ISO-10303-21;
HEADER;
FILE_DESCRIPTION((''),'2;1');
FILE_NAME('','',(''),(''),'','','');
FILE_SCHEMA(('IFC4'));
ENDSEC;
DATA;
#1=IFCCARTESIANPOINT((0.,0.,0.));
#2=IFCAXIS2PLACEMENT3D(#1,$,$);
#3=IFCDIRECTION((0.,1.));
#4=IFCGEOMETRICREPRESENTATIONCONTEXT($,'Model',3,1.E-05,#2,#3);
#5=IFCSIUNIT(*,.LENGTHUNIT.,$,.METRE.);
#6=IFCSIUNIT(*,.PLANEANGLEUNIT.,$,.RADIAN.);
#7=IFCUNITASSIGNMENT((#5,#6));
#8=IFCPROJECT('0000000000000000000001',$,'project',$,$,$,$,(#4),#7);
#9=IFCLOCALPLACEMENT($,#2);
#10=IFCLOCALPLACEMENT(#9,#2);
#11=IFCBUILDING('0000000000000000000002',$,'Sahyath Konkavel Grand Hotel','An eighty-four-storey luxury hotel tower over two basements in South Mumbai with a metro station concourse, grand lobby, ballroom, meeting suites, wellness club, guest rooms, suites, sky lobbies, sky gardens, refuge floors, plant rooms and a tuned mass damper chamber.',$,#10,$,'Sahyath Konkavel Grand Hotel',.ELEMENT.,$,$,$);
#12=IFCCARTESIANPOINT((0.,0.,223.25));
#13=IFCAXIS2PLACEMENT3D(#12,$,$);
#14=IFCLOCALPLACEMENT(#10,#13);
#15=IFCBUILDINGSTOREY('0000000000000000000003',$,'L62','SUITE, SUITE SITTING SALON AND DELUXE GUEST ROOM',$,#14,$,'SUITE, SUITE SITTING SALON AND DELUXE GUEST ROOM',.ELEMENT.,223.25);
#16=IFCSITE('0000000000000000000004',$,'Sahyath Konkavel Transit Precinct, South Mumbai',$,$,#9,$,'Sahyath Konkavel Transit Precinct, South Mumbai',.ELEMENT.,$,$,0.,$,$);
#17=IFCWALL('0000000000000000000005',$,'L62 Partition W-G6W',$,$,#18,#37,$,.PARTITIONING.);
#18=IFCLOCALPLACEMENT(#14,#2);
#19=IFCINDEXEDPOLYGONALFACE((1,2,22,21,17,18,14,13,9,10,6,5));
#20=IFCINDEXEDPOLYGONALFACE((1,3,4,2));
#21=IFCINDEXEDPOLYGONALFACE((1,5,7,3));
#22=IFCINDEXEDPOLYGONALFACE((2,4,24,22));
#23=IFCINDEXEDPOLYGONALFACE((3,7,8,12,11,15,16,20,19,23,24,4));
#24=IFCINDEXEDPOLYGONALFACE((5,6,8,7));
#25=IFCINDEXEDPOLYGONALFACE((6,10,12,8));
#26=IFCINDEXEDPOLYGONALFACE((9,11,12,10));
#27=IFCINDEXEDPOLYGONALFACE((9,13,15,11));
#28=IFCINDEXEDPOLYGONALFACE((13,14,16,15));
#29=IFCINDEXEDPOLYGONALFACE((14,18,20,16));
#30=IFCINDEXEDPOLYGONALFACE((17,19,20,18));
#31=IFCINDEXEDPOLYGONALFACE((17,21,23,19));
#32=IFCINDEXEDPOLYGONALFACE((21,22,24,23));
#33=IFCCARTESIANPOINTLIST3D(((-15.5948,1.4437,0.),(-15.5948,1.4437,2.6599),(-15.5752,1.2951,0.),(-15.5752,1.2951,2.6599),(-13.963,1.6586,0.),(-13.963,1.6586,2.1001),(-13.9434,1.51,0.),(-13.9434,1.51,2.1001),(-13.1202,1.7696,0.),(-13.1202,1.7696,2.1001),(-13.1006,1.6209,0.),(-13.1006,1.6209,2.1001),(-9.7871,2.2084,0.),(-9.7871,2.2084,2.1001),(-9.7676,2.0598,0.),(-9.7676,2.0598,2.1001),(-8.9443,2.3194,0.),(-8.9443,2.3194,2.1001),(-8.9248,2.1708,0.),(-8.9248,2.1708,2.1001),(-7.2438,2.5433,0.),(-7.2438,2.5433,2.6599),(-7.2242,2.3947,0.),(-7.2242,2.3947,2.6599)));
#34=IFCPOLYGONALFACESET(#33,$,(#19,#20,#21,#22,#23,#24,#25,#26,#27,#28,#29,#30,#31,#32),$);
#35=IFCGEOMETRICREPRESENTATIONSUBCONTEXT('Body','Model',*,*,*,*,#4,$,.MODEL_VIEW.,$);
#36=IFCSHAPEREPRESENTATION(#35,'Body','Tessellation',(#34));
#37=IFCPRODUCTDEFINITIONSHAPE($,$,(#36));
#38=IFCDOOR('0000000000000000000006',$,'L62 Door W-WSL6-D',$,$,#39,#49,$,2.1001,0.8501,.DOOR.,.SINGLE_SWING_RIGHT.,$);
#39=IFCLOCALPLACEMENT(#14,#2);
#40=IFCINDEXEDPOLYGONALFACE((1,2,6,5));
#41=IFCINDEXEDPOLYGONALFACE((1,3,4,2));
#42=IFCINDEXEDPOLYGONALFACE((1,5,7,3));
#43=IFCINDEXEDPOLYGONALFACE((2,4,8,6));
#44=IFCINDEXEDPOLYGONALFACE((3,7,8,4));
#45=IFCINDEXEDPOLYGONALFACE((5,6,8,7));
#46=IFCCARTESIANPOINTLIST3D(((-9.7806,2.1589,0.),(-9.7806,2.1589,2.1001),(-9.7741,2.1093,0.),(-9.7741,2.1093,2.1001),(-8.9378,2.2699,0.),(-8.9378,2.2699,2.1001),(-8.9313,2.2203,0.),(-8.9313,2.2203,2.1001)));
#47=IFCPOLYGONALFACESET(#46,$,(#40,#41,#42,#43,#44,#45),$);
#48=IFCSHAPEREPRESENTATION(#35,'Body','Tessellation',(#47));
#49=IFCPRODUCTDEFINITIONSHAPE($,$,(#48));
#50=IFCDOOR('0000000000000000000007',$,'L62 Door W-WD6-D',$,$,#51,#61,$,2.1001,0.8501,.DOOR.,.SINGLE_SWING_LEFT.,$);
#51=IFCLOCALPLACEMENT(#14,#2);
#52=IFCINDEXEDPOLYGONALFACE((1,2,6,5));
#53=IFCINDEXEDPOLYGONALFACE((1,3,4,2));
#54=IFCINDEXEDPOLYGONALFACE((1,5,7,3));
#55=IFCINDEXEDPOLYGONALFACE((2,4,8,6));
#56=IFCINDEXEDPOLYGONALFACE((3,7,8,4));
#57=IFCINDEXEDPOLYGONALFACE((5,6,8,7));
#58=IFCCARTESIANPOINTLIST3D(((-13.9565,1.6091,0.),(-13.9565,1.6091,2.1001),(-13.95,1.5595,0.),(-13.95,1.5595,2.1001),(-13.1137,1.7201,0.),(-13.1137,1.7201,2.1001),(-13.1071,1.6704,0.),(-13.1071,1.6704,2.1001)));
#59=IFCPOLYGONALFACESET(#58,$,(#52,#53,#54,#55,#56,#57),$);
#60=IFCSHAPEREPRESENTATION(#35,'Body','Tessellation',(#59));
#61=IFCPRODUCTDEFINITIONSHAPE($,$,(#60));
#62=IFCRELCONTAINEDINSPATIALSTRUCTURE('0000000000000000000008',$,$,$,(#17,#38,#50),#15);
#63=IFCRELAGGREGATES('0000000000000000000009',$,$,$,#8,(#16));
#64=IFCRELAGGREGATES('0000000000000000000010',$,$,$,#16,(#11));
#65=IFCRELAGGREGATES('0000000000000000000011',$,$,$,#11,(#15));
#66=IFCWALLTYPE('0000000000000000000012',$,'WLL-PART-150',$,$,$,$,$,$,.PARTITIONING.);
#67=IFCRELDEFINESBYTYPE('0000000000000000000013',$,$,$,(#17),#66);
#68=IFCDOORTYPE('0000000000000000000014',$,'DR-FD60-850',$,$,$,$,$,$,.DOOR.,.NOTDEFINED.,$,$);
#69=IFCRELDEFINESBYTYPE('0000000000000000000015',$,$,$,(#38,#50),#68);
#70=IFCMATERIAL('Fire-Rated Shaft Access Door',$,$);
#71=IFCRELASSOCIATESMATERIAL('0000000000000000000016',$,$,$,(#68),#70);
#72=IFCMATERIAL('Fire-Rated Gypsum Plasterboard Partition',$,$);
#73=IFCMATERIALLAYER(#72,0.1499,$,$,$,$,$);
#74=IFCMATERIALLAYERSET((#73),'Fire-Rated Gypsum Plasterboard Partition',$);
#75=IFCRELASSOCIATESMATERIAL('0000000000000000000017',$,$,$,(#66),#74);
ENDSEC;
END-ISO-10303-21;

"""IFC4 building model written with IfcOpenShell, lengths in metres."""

from ifc_helpers import new_model, si_unit, direction, frame, frame_2d, origin, origin_2d, place, context, subcontext, project, spatial, rectangle, extrude, source, transform, mapped, material, layer, layer_set, type_object, element, fill, save


model = new_model("IFC4")

# Units and contexts
model_context = context("Model", 3, precision=1e-05, world=origin(), true_north=direction((0.0, 1.0)))
body_context = subcontext(model_context, "Body", "Model", "MODEL_VIEW")
ifc_project = project(units=[si_unit("LENGTHUNIT", "METRE"), si_unit("PLANEANGLEUNIT", "RADIAN")], contexts=[model_context])

# Site, building, storey
site_placement = place(None, origin())
site = spatial("IfcSite", under=ifc_project, at=site_placement, Name="Sahyath Konkavel Transit Precinct, South Mumbai", LongName="Sahyath Konkavel Transit Precinct, South Mumbai", CompositionType="ELEMENT", RefElevation=0.0)
building_placement = place(site_placement, origin())
building = spatial("IfcBuilding", under=site, at=building_placement, Name="Sahyath Konkavel Grand Hotel", Description="An eighty-four-storey luxury hotel tower over two basements in South Mumbai with a metro station concourse, grand lobby, ballroom, meeting suites, wellness club, guest rooms, suites, sky lobbies, sky gardens, refuge floors, plant rooms and a tuned mass damper chamber.", LongName="Sahyath Konkavel Grand Hotel", CompositionType="ELEMENT")
storey_placement = place(building_placement, frame((0.0, 0.0, 223.25)))
storey = spatial("IfcBuildingStorey", under=building, at=storey_placement, Name="L62", Description="SUITE, SUITE SITTING SALON AND DELUXE GUEST ROOM", LongName="SUITE, SUITE SITTING SALON AND DELUXE GUEST ROOM", CompositionType="ELEMENT", Elevation=223.25)

# Shared definitions
ifc_material_1 = material(Name="Fire-Rated Shaft Access Door")
door_type = type_object("IfcDoorType", Name="DR-FD60-850", OperationType="NOTDEFINED", PredefinedType="DOOR", material=ifc_material_1)
shared_shape_1 = source(origin(), body_context, "Body", "SweptSolid", [
    extrude(rectangle(XDim=0.8501, YDim=0.05, at=origin_2d()), origin(), (0.0, 0.0, 1.0), 2.1001),
])

# Wall, openings, doors
ifc_material_2 = material(Name="Fire-Rated Gypsum Plasterboard Partition")
ifc_layer_1 = layer(ifc_material_2, 0.1499)
ifc_layer_set_1 = layer_set([ifc_layer_1], Name="Fire-Rated Gypsum Plasterboard Partition")
wall_type_1 = type_object("IfcWallType", Name="WLL-PART-150", PredefinedType="PARTITIONING", material=ifc_layer_set_1)
wall_1_placement = place(storey_placement, frame((-7.2341, 2.469, 0.0), z_axis=(0.0, 0.0, 1.0), x_axis=(-0.991442, -0.130546, 0.0)))
wall_1 = element("IfcWall", 1, at=wall_1_placement, inside=storey, type_object=wall_type_1, Name="L62 Partition W-G6W", PredefinedType="PARTITIONING", context=body_context, shape_type="SweptSolid", body=[
    extrude(rectangle(XDim=8.4231, YDim=0.1499, at=frame_2d((4.2114, 0.0))), origin(), (0.0, 0.0, 1.0), 2.6599),
])
opening_1_placement = place(wall_1_placement, frame((1.7151, 0.0, 0.0)))
opening_1 = element("IfcOpeningElement", 2, at=opening_1_placement, cuts=wall_1, PredefinedType="OPENING", context=body_context, shape_type="SweptSolid", body=[
    extrude(rectangle(XDim=0.8501, YDim=2.1001, at=frame_2d((0.425, 1.05))), frame((0.0, 0.085, 0.0), z_axis=(0.0, -1.0, 0.0), x_axis=(1.0, 0.0, 0.0)), (0.0, 0.0, 1.0), 0.1699),
])
opening_2_placement = place(wall_1_placement, frame((5.927, 0.0, 0.0)))
opening_2 = element("IfcOpeningElement", 3, at=opening_2_placement, cuts=wall_1, PredefinedType="OPENING", context=body_context, shape_type="SweptSolid", body=[
    extrude(rectangle(XDim=0.8501, YDim=2.1001, at=frame_2d((0.425, 1.05))), frame((0.0, 0.085, 0.0), z_axis=(0.0, -1.0, 0.0), x_axis=(1.0, 0.0, 0.0)), (0.0, 0.0, 1.0), 0.1699),
])
door_1_placement = place(opening_1_placement, frame((0.425, 0.0, 0.0)))
door_1 = element("IfcDoor", 4, at=door_1_placement, inside=storey, type_object=door_type, Name="L62 Door W-WSL6-D", OperationType="SINGLE_SWING_RIGHT", OverallHeight=2.1001, OverallWidth=0.8501, PredefinedType="DOOR", context=body_context, shape_type="MappedRepresentation", body=[
    mapped(shared_shape_1, transform((0.0, 0.0, 0.0), scale=1.0)),
])
fill(opening_1, door_1)
door_2_placement = place(opening_2_placement, frame((0.425, 0.0, 0.0)))
door_2 = element("IfcDoor", 5, at=door_2_placement, inside=storey, type_object=door_type, Name="L62 Door W-WD6-D", OperationType="SINGLE_SWING_LEFT", OverallHeight=2.1001, OverallWidth=0.8501, PredefinedType="DOOR", context=body_context, shape_type="MappedRepresentation", body=[
    mapped(shared_shape_1, transform((0.0, 0.0, 0.0), scale=1.0)),
])
fill(opening_2, door_2)

save(model, "model.ifc")
